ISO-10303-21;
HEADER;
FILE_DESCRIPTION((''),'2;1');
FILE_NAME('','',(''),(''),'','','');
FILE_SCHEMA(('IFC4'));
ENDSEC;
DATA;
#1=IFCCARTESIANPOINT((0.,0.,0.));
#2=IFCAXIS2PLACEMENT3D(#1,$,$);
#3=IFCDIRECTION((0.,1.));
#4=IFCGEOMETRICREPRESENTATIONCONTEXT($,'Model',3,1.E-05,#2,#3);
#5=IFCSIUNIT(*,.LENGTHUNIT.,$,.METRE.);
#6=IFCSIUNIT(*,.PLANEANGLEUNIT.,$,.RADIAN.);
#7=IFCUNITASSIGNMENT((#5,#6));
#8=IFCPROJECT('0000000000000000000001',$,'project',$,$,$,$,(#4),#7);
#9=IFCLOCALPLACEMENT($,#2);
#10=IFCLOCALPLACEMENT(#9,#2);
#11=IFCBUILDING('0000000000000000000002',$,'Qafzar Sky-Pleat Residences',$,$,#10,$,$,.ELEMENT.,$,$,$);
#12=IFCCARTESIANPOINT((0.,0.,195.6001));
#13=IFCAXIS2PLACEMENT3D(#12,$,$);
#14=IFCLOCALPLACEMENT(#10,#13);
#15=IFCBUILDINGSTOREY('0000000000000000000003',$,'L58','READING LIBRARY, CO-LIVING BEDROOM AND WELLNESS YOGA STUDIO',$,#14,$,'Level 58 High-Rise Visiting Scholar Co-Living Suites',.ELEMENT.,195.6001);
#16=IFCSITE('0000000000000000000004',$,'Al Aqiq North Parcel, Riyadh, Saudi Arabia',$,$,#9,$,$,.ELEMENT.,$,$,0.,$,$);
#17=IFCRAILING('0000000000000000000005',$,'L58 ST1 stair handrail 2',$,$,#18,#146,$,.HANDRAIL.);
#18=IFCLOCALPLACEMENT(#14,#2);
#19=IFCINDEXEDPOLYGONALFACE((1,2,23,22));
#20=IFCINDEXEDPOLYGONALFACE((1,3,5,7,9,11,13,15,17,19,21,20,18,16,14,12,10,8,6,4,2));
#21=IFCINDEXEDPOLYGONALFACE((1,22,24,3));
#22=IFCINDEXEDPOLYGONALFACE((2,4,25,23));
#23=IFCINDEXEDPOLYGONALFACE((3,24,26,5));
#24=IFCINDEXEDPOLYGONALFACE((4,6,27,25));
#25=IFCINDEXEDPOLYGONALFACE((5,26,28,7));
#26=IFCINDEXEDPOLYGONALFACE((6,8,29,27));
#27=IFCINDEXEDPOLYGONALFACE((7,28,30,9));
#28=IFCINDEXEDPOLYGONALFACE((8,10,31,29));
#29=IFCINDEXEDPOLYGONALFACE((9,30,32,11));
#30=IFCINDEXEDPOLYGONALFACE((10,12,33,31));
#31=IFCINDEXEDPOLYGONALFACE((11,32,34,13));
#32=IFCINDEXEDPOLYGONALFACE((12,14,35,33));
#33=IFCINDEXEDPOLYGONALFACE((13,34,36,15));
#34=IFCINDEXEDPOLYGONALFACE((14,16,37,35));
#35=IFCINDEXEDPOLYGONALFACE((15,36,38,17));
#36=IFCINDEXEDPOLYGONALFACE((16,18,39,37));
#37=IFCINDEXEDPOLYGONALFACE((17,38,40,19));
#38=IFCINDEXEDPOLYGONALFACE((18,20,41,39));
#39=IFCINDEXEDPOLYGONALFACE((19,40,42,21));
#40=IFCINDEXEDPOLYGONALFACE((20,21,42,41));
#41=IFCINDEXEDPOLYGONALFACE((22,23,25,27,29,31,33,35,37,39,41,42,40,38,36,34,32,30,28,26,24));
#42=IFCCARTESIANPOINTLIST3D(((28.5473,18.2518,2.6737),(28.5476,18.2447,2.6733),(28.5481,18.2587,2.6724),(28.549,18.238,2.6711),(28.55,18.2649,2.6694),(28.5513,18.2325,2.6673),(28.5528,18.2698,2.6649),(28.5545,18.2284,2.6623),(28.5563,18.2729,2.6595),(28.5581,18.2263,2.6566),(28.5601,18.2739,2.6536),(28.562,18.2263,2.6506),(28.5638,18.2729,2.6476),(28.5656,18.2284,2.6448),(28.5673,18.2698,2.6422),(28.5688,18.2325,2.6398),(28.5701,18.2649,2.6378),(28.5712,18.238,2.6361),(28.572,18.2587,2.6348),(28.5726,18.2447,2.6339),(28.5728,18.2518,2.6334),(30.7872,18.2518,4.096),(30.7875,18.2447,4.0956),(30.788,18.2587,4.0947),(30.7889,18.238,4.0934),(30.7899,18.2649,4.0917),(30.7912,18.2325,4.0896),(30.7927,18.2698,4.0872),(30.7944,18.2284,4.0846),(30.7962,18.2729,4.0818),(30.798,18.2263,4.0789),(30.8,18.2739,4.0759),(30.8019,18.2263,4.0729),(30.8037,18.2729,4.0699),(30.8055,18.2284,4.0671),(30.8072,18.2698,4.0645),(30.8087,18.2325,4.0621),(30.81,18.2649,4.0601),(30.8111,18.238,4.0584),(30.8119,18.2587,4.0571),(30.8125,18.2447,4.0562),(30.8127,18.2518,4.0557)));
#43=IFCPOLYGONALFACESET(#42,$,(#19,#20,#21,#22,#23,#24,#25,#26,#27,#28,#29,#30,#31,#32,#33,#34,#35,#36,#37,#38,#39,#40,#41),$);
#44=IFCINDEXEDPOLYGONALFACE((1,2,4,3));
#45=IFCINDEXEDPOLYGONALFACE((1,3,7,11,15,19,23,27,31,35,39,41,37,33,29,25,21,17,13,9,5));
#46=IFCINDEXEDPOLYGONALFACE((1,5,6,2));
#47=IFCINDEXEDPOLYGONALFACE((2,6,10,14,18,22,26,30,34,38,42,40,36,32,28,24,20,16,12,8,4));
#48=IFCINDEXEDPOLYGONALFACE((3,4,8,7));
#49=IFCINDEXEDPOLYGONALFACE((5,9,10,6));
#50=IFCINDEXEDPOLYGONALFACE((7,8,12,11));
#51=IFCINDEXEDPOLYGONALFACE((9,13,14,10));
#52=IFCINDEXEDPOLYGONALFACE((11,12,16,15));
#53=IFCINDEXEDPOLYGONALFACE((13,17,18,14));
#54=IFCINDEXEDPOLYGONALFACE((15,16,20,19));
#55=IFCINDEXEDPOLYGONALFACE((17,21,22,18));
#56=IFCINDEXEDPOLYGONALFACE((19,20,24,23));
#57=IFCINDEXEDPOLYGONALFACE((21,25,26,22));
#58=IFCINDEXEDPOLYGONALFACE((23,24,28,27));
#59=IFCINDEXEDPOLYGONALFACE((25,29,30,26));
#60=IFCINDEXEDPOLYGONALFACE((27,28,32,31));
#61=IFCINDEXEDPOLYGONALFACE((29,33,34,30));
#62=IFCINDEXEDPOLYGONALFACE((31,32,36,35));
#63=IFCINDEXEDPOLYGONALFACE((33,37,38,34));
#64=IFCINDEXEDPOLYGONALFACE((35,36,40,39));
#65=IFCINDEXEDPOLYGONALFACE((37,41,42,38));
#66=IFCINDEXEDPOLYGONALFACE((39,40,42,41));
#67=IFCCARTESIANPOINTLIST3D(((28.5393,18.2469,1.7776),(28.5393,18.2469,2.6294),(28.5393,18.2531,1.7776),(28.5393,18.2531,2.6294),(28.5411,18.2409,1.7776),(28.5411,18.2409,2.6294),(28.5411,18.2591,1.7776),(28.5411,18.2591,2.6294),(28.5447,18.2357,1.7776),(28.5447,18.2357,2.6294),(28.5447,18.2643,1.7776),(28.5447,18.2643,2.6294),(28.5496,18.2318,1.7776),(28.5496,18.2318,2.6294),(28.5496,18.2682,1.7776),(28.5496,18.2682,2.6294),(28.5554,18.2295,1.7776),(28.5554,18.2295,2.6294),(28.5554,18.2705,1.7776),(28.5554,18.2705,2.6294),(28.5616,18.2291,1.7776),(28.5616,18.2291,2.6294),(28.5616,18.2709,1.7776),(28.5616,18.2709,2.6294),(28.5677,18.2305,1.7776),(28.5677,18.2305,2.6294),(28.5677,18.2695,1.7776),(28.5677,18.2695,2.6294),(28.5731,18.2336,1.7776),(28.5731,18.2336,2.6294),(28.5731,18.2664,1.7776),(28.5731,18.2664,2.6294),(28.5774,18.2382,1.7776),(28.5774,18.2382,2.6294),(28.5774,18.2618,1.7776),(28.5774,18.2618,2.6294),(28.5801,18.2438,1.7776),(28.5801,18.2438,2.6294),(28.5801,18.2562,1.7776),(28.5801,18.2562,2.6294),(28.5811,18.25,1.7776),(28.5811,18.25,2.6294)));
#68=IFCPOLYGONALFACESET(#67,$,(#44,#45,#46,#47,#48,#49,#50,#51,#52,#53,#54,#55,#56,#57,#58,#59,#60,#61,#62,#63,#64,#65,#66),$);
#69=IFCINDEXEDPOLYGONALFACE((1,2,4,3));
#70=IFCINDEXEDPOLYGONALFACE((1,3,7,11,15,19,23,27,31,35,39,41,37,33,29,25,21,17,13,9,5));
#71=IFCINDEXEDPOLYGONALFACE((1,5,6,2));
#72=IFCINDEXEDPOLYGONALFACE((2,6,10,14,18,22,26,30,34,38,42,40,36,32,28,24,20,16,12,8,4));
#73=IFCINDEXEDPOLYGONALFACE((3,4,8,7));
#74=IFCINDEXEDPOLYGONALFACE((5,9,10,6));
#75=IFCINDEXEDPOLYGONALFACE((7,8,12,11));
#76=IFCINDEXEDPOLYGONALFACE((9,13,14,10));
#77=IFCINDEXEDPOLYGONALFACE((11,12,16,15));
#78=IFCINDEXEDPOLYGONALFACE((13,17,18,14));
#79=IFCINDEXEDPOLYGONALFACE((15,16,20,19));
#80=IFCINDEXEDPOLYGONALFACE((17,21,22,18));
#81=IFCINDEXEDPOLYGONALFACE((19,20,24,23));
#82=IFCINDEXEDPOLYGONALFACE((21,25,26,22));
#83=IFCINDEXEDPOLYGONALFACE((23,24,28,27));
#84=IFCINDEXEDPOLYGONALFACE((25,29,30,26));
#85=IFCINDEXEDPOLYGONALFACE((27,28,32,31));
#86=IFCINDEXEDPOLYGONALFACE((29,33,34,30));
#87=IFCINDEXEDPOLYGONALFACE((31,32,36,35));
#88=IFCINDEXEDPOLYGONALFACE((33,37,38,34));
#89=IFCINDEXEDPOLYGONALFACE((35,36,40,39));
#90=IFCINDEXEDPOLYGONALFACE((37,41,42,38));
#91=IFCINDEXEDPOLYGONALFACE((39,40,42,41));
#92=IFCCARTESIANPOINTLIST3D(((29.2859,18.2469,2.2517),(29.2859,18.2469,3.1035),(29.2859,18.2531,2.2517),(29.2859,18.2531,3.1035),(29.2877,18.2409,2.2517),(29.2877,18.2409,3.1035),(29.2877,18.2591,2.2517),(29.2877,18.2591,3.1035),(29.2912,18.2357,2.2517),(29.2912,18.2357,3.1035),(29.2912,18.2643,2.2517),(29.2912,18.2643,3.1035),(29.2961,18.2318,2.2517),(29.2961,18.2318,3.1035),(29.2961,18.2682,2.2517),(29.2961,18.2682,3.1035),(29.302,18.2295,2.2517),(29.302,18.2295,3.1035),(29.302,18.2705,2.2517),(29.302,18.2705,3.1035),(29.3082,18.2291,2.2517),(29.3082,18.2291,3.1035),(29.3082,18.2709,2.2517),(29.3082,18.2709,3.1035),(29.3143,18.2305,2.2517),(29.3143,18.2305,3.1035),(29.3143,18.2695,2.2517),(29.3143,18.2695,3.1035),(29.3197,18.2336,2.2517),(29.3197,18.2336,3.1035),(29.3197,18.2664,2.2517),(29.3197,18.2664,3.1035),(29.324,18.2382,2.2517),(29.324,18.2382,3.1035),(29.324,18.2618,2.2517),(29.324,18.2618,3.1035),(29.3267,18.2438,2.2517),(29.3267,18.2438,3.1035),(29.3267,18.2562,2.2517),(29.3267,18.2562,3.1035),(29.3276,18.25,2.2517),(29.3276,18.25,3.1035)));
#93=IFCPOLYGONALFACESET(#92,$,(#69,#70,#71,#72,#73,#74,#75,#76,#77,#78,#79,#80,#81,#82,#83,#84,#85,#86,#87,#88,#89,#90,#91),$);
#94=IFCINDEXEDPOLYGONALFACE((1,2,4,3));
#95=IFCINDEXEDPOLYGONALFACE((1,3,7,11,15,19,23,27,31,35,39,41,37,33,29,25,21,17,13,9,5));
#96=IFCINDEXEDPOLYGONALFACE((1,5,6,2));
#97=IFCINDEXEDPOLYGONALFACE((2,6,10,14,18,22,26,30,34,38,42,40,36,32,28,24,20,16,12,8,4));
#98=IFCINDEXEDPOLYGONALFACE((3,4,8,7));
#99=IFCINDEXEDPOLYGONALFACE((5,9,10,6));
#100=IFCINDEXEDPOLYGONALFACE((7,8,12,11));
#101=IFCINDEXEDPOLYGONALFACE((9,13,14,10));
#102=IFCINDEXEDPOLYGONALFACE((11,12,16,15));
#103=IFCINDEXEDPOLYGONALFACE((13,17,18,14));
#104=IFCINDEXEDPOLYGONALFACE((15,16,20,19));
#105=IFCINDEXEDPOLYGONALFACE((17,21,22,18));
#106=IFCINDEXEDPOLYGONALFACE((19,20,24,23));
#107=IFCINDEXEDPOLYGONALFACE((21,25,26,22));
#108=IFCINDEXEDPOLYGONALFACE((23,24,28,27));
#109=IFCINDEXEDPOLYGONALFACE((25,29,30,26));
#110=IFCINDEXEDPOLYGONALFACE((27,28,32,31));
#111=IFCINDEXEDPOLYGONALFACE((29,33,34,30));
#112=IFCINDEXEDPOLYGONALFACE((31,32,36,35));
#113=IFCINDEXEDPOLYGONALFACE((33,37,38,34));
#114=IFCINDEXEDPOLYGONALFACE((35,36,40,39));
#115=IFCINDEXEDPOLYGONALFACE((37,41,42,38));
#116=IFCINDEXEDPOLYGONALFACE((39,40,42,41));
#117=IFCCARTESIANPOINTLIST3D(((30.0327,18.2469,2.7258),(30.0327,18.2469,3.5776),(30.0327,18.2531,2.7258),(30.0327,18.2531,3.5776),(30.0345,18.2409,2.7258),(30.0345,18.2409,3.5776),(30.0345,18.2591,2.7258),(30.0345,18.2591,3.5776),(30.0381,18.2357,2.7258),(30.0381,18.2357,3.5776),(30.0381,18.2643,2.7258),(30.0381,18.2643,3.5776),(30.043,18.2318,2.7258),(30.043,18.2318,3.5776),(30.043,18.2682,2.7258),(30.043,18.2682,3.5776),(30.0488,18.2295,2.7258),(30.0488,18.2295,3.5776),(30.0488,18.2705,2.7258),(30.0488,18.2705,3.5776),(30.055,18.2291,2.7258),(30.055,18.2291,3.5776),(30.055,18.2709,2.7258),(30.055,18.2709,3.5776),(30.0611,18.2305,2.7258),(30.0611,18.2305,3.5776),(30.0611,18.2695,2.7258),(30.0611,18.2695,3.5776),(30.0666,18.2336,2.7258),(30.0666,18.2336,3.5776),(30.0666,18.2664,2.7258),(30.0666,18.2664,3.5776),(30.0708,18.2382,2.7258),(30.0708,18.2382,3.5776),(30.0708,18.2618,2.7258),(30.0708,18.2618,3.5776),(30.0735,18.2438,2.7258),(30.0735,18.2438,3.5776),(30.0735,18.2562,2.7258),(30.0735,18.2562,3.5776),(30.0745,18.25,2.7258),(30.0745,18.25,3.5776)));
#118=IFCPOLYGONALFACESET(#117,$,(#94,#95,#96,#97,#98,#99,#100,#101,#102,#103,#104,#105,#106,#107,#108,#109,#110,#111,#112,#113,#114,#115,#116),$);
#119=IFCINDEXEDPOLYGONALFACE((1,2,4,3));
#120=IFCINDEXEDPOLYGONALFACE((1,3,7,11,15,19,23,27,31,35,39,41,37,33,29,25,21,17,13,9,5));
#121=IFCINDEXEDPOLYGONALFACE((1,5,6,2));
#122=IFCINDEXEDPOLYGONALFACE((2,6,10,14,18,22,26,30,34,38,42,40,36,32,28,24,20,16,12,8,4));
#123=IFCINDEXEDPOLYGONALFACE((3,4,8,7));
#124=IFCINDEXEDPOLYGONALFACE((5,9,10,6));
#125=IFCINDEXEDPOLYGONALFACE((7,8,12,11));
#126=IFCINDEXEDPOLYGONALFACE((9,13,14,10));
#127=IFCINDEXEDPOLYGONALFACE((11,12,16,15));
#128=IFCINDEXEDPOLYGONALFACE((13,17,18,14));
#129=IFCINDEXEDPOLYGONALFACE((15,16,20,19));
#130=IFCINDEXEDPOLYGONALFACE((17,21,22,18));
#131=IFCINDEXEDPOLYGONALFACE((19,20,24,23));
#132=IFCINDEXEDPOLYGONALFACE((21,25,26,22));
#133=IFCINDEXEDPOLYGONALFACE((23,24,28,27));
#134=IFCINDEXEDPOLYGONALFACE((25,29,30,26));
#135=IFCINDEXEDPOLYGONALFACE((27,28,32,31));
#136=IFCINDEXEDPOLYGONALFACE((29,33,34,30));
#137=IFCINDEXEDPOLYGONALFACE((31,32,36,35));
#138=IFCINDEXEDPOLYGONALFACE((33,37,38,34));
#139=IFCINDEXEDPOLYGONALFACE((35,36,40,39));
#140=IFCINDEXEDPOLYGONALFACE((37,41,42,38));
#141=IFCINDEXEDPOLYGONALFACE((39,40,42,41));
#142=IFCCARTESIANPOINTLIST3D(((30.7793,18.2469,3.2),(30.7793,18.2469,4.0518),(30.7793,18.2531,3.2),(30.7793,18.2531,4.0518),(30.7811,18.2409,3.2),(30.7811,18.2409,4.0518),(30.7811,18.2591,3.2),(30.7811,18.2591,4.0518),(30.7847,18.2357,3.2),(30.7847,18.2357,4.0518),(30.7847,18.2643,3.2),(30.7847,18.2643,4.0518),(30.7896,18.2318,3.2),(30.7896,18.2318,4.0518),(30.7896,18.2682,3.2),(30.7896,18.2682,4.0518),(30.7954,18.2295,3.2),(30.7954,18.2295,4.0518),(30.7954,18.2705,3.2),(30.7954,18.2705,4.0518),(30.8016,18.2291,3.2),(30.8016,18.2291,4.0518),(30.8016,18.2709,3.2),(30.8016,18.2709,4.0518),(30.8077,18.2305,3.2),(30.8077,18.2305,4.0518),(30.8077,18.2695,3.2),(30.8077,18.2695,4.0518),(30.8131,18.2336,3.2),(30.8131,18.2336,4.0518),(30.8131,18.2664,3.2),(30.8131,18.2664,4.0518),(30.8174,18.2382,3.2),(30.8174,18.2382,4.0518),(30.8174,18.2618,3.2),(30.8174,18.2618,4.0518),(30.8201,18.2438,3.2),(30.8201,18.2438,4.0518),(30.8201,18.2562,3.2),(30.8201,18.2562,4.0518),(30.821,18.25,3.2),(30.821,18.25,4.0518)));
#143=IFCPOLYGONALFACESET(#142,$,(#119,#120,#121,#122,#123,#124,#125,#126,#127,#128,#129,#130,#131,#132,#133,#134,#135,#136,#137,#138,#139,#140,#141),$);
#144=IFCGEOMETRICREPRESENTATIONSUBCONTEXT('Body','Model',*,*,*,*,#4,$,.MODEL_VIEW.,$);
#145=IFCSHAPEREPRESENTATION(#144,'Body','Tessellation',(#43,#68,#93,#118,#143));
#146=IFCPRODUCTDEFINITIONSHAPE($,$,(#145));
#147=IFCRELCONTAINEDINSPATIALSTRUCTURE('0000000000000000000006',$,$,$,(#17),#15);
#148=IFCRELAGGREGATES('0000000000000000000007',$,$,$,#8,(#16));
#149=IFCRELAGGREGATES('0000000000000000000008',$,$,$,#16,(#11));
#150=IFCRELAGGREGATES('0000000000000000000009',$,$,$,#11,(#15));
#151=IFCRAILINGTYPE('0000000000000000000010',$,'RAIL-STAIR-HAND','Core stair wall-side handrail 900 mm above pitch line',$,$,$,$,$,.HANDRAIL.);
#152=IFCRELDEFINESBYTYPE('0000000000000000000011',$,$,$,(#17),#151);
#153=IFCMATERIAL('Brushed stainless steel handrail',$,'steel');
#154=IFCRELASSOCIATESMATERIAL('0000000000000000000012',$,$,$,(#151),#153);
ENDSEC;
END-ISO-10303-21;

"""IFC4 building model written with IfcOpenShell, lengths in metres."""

from ifc_helpers import new_model, si_unit, direction, frame, origin, origin_2d, place, context, subcontext, project, spatial, circle, extrude, source, transform, mapped, material, type_object, element, save


model = new_model("IFC4")

# Units and contexts
model_context = context("Model", 3, precision=1e-05, world=origin(), true_north=direction((0.0, 1.0)))
body_context = subcontext(model_context, "Body", "Model", "MODEL_VIEW")
ifc_project = project(units=[si_unit("LENGTHUNIT", "METRE"), si_unit("PLANEANGLEUNIT", "RADIAN")], contexts=[model_context])

# Site, building, storey
site_placement = place(None, origin())
site = spatial("IfcSite", under=ifc_project, at=site_placement, Name="Al Aqiq North Parcel, Riyadh, Saudi Arabia", CompositionType="ELEMENT", RefElevation=0.0)
building_placement = place(site_placement, origin())
building = spatial("IfcBuilding", under=site, at=building_placement, Name="Qafzar Sky-Pleat Residences", CompositionType="ELEMENT")
storey_placement = place(building_placement, frame((0.0, 0.0, 195.6001)))
storey = spatial("IfcBuildingStorey", under=building, at=storey_placement, Name="L58", Description="READING LIBRARY, CO-LIVING BEDROOM AND WELLNESS YOGA STUDIO", LongName="Level 58 High-Rise Visiting Scholar Co-Living Suites", CompositionType="ELEMENT", Elevation=195.6001)

# Railing
ifc_material_1 = material(Name="Brushed stainless steel handrail", Category="steel")
railing_type_1 = type_object("IfcRailingType", Name="RAIL-STAIR-HAND", Description="Core stair wall-side handrail 900 mm above pitch line", PredefinedType="HANDRAIL", material=ifc_material_1)
shared_shape_1 = source(origin(), body_context, "Body", "SweptSolid", [
    extrude(circle(Radius=0.0239, at=origin_2d()), frame((0.0, 0.0, 0.876), z_axis=(0.844188, 0.0, 0.536048), x_axis=(0.0, 1.0, 0.0)), (0.0, 0.0, 1.0), 2.6533),
    extrude(circle(Radius=0.021, at=origin_2d()), origin(), (0.0, 0.0, 1.0), 0.8518),
    extrude(circle(Radius=0.021, at=origin_2d()), frame((0.7466, 0.0, 0.4741)), (0.0, 0.0, 1.0), 0.8518),
    extrude(circle(Radius=0.021, at=origin_2d()), frame((1.4934, 0.0, 0.9482)), (0.0, 0.0, 1.0), 0.8518),
    extrude(circle(Radius=0.021, at=origin_2d()), frame((2.24, 0.0, 1.4224)), (0.0, 0.0, 1.0), 0.8518),
])
railing_1_placement = place(storey_placement, frame((28.5601, 18.25, 1.7776)))
element("IfcRailing", 1, at=railing_1_placement, inside=storey, type_object=railing_type_1, Name="L58 ST1 stair handrail 2", PredefinedType="HANDRAIL", context=body_context, shape_type="MappedRepresentation", body=[
    mapped(shared_shape_1, transform((0.0, 0.0, 0.0), x_axis=(1.0, 0.0, 0.0), y_axis=(0.0, 1.0, 0.0), z_axis=(0.0, 0.0, 1.0), scale=1.0)),
])

save(model, "model.ifc")
